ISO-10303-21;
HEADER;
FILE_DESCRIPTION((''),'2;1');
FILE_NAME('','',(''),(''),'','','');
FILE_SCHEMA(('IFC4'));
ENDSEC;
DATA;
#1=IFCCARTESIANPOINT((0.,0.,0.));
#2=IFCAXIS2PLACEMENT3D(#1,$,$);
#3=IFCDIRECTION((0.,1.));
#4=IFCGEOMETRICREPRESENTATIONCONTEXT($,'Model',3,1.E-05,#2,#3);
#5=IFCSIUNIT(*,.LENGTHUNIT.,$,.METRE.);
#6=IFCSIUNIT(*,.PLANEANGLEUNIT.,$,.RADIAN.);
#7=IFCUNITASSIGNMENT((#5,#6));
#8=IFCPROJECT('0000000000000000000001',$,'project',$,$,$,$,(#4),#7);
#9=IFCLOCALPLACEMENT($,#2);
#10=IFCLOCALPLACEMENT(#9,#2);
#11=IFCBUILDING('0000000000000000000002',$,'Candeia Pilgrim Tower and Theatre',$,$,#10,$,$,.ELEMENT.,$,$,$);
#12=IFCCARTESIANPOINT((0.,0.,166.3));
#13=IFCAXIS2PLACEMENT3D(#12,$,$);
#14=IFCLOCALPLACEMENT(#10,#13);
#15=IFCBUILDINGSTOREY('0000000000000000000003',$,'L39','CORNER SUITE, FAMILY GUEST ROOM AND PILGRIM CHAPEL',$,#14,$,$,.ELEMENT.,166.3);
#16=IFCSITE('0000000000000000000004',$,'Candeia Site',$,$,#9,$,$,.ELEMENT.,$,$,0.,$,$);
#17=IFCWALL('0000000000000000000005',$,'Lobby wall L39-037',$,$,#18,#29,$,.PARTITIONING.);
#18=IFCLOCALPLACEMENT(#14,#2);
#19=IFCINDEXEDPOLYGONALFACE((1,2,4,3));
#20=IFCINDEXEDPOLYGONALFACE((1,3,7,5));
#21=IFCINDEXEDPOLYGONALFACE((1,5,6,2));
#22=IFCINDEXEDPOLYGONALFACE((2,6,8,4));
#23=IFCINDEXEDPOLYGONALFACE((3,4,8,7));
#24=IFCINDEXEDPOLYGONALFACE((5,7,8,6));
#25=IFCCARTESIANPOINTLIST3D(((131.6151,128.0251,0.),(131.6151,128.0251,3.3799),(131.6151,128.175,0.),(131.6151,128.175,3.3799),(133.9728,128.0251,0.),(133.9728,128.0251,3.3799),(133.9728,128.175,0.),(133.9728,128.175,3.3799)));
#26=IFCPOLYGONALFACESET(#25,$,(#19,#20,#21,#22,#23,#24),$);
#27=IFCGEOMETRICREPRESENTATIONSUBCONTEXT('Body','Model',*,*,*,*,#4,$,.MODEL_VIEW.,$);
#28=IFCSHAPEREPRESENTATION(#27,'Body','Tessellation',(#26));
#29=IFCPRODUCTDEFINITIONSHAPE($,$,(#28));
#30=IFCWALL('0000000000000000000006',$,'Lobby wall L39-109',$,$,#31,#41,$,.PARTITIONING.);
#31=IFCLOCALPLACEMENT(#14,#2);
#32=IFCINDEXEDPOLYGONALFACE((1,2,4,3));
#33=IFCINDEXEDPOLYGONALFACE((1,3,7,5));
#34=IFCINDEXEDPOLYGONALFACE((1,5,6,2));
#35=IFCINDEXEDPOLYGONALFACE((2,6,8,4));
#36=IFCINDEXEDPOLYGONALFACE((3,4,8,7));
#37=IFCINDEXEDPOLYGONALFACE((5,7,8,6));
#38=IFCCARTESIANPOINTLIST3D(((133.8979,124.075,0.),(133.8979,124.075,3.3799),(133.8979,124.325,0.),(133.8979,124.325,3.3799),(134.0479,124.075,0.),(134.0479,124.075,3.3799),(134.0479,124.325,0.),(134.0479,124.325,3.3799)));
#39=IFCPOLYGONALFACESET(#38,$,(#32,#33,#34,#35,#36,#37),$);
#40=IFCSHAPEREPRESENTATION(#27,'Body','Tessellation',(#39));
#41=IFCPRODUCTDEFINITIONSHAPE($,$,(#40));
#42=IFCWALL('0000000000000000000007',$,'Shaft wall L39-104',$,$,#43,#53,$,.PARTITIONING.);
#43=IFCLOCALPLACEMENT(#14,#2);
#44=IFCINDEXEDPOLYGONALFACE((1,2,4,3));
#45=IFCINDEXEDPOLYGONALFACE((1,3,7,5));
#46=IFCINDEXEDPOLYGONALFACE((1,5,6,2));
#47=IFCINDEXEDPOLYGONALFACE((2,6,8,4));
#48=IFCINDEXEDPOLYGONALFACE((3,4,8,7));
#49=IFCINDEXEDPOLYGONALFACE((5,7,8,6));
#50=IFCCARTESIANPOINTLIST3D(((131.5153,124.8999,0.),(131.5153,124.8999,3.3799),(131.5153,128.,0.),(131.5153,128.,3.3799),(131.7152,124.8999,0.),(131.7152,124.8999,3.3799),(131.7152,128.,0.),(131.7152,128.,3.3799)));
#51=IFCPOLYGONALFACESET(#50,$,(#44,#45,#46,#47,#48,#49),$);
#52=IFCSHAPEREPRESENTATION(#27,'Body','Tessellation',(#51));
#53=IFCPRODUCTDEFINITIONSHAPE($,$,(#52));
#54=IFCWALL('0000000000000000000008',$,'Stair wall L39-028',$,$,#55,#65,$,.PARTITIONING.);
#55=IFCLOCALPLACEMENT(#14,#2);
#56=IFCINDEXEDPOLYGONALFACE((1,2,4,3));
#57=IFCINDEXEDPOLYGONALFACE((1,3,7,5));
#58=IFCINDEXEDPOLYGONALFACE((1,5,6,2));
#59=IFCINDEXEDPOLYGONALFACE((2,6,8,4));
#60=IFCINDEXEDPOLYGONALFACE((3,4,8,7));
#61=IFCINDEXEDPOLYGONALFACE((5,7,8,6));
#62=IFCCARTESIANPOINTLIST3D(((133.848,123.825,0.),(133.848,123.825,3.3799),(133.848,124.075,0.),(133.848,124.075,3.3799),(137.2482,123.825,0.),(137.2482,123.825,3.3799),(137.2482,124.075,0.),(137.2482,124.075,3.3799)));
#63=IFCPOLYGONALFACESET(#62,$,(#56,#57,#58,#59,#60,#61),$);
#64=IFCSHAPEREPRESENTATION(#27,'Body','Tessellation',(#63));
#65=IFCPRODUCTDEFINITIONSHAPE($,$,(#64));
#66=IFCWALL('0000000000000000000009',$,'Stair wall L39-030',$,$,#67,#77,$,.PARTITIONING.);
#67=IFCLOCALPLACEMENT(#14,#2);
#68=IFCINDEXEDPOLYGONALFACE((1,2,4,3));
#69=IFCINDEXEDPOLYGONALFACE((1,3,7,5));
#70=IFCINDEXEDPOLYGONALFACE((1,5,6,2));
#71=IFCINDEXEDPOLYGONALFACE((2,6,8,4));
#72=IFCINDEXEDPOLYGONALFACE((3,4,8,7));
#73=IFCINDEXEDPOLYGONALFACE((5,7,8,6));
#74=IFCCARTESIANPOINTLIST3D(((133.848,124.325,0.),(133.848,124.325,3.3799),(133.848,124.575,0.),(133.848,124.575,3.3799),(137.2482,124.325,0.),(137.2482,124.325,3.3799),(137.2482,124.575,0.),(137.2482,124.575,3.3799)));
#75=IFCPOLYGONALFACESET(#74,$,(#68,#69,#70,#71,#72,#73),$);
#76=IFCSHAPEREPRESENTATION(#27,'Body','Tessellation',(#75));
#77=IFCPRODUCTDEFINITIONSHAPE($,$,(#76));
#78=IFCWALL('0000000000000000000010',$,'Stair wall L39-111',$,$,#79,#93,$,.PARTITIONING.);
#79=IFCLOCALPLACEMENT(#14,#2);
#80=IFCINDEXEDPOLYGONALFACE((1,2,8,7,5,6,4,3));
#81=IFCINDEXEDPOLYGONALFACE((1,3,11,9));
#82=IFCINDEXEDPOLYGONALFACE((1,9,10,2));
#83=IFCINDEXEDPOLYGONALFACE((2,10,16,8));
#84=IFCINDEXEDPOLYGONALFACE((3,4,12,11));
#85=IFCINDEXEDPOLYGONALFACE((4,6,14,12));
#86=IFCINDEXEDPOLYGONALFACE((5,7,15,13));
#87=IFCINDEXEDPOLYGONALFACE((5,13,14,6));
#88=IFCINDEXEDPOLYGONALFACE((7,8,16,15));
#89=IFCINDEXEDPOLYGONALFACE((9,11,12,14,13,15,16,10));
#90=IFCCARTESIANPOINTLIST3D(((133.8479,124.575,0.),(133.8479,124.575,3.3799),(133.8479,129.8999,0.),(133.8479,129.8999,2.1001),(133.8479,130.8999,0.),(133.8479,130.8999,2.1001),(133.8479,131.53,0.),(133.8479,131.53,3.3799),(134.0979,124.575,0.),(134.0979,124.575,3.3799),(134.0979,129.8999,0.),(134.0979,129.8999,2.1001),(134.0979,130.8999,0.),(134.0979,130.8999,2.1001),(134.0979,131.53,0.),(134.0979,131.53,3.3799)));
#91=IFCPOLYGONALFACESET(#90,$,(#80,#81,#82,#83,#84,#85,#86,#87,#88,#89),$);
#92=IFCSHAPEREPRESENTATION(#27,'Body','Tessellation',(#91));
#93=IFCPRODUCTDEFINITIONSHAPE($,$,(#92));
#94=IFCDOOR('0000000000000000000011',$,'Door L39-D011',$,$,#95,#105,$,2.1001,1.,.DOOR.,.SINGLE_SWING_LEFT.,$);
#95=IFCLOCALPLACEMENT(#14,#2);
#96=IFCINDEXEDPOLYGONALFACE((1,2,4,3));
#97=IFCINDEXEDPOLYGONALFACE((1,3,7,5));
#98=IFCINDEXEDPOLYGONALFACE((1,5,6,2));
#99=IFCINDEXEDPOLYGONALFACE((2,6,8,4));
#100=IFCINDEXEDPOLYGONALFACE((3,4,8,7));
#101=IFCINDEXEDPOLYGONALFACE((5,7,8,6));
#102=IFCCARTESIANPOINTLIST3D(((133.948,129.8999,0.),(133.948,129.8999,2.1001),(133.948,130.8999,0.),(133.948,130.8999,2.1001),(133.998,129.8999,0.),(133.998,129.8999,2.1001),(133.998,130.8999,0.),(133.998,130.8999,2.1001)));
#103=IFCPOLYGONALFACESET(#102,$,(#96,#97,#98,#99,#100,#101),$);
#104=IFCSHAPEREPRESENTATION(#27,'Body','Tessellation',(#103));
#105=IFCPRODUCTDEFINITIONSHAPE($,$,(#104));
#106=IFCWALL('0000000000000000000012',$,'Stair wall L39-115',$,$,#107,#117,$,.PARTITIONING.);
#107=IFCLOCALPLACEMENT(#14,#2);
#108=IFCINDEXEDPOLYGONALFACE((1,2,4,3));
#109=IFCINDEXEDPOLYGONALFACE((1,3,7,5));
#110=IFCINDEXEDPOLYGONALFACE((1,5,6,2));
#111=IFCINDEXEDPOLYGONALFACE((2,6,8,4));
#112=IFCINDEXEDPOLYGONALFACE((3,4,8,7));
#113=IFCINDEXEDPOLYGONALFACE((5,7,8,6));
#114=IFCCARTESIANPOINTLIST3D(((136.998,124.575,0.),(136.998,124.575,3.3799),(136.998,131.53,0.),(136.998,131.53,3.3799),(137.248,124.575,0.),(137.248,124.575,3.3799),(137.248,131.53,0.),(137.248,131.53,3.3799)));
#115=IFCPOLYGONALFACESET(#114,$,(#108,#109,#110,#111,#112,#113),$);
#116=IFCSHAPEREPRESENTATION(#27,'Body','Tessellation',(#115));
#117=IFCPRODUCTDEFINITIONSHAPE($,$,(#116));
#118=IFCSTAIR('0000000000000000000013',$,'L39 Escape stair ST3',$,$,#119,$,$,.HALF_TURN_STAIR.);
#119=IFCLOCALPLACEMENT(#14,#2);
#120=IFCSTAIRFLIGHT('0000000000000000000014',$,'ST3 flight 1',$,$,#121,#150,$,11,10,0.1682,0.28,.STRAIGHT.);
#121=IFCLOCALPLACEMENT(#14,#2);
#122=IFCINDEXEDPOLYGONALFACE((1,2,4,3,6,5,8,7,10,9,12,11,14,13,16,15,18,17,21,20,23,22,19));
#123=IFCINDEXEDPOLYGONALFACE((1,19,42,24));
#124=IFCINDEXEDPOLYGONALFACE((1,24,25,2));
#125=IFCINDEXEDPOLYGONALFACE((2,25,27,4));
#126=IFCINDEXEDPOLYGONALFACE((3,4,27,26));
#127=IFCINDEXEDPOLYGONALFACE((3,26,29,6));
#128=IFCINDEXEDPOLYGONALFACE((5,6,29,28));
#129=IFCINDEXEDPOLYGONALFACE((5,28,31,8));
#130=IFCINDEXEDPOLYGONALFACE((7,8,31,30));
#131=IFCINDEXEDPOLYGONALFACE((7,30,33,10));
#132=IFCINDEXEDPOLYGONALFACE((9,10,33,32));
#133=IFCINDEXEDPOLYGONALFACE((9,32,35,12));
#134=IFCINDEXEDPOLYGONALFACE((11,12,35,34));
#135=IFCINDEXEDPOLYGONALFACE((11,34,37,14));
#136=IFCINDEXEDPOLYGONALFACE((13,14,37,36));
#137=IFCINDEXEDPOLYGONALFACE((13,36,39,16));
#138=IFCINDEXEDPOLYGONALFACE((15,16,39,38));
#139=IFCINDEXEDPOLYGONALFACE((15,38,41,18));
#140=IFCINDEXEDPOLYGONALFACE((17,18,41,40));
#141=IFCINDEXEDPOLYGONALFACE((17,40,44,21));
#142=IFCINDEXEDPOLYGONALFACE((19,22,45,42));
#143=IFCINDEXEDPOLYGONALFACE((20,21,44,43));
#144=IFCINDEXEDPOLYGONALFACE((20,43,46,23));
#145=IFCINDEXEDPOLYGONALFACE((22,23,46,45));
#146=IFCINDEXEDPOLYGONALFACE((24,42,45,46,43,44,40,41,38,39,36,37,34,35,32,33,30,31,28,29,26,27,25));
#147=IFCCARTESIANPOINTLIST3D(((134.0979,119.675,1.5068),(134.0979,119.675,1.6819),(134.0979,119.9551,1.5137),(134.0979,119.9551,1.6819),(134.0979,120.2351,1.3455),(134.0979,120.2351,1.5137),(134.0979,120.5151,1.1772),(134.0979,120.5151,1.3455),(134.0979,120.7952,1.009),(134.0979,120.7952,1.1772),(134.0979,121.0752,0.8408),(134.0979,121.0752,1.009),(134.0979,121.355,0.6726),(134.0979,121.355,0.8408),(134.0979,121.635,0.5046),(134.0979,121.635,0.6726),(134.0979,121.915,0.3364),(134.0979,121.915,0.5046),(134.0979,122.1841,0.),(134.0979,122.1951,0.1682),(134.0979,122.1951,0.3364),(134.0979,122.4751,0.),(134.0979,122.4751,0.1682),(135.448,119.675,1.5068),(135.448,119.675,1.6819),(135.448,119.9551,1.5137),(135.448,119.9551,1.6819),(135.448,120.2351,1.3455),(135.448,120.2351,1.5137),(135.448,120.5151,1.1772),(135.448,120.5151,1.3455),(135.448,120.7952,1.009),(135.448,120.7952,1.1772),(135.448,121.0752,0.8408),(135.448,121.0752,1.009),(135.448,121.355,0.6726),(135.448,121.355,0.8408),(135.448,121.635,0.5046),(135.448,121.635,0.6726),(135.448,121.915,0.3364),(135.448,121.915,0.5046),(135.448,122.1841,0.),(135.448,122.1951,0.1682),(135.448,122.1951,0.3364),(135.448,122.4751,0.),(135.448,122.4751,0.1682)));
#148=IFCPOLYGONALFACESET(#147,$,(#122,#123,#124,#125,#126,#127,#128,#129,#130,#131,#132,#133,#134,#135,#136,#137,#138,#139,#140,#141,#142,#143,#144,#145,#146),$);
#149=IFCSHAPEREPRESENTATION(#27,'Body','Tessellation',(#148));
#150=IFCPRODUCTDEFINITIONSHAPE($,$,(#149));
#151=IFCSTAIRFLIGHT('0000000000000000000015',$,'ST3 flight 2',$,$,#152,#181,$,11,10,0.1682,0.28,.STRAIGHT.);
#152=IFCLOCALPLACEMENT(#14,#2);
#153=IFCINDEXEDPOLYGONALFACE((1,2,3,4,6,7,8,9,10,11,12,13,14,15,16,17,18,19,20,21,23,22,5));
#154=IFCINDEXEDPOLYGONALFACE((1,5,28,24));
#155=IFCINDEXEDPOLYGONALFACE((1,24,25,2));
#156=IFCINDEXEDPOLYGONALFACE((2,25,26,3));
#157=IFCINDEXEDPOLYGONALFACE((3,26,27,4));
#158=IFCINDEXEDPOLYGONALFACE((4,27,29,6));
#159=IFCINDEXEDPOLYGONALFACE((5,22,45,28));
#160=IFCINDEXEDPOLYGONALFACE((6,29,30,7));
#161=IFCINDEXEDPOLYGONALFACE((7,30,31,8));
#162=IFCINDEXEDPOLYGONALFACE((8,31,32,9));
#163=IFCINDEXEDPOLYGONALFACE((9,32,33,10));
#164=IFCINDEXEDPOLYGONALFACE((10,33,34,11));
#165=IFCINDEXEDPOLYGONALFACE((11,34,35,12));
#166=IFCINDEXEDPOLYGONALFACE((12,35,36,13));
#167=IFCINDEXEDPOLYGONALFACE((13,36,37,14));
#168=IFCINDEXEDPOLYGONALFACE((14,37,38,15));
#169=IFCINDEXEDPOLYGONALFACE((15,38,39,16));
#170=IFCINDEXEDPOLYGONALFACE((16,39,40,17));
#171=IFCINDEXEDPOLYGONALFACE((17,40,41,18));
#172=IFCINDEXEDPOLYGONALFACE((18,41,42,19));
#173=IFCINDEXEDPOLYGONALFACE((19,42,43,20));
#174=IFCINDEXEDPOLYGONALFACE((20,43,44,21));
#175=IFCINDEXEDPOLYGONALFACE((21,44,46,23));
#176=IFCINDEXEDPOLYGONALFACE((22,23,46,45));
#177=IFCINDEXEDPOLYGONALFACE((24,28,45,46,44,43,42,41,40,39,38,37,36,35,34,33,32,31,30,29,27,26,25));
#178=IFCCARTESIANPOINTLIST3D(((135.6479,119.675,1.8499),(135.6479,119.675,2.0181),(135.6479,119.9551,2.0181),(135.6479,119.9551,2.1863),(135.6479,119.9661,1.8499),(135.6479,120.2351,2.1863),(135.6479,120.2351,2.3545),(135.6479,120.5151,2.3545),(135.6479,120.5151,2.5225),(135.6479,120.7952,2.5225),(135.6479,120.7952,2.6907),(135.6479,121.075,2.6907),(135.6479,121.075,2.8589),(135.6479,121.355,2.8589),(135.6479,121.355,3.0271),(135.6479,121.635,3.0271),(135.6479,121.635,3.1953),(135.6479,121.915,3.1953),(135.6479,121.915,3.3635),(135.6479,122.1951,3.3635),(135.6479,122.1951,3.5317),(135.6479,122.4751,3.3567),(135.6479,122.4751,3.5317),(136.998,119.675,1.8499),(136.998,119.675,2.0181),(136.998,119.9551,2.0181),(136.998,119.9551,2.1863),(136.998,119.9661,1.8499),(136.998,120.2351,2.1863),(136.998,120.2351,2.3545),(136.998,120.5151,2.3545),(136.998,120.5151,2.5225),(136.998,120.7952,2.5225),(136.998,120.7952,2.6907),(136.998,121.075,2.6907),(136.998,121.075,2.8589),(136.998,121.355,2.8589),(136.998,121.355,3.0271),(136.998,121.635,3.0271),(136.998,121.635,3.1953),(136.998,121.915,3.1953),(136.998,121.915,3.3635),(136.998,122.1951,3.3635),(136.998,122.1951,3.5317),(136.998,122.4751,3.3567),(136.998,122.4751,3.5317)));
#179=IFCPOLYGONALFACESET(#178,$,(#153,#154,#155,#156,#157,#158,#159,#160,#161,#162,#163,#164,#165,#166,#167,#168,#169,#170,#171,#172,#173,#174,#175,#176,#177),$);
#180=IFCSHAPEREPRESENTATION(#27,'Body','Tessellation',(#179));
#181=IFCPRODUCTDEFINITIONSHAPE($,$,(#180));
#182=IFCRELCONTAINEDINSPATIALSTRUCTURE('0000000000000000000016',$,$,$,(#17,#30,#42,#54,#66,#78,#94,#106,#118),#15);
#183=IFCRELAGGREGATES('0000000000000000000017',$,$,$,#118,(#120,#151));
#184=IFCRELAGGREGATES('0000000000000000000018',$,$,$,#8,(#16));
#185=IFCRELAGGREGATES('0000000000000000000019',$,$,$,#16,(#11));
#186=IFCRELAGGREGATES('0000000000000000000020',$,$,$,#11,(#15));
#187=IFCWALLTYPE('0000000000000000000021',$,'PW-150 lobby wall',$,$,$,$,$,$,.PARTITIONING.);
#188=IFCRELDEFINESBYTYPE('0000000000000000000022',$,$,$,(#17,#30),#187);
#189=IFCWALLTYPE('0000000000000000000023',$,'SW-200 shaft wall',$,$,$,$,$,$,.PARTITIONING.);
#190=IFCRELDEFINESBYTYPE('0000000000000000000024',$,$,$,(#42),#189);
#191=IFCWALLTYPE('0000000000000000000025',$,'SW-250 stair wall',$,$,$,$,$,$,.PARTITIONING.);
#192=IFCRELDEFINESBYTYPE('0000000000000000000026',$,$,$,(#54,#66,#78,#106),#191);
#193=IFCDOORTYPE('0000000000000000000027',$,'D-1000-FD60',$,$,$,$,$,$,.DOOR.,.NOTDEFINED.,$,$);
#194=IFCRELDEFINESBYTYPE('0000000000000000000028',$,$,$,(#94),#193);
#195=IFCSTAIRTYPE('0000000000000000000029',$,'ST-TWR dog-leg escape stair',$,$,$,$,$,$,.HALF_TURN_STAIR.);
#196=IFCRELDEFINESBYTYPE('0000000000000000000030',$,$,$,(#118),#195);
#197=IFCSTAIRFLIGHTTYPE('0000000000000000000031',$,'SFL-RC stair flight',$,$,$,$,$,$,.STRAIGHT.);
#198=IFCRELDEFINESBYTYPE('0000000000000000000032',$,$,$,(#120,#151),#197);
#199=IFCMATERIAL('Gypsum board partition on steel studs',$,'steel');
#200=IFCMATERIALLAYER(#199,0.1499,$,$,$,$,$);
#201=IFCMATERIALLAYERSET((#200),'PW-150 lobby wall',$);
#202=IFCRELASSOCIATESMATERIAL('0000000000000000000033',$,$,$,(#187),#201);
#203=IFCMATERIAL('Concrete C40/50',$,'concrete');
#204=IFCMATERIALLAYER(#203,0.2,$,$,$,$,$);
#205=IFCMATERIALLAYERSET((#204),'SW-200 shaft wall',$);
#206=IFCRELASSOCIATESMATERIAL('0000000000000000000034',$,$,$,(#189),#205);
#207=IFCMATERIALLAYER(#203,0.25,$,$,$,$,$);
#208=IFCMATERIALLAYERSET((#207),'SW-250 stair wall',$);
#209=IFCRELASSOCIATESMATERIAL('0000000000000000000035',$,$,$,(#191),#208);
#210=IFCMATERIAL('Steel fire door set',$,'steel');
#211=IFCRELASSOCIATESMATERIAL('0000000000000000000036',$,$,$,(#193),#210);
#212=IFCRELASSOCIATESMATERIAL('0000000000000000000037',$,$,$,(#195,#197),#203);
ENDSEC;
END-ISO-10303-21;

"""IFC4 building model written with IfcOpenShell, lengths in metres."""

from ifc_helpers import new_model, si_unit, direction, frame, frame_2d, origin, place, context, subcontext, project, spatial, polyline, rectangle, outline, extrude, material, layer, layer_set, type_object, element, fill, aggregate, save


model = new_model("IFC4")

# Units and contexts
model_context = context("Model", 3, precision=1e-05, world=origin(), true_north=direction((0.0, 1.0)))
body_context = subcontext(model_context, "Body", "Model", "MODEL_VIEW")
ifc_project = project(units=[si_unit("LENGTHUNIT", "METRE"), si_unit("PLANEANGLEUNIT", "RADIAN")], contexts=[model_context])

# Site, building, storey
site_placement = place(None, origin())
site = spatial("IfcSite", under=ifc_project, at=site_placement, Name="Candeia Site", CompositionType="ELEMENT", RefElevation=0.0)
building_placement = place(site_placement, origin())
building = spatial("IfcBuilding", under=site, at=building_placement, Name="Candeia Pilgrim Tower and Theatre", CompositionType="ELEMENT")
storey_placement = place(building_placement, frame((0.0, 0.0, 166.3)))
storey = spatial("IfcBuildingStorey", under=building, at=storey_placement, Name="L39", Description="CORNER SUITE, FAMILY GUEST ROOM AND PILGRIM CHAPEL", CompositionType="ELEMENT", Elevation=166.3)

# Walls
ifc_material_1 = material(Name="Gypsum board partition on steel studs", Category="steel")
ifc_layer_1 = layer(ifc_material_1, 0.1499)
ifc_layer_set_1 = layer_set([ifc_layer_1], Name="PW-150 lobby wall")
wall_type_1 = type_object("IfcWallType", Name="PW-150 lobby wall", PredefinedType="PARTITIONING", material=ifc_layer_set_1)
wall_1_placement = place(storey_placement, frame((131.6152, 128.1001, 0.0), z_axis=(0.0, 0.0, 1.0), x_axis=(1.0, 0.0, 0.0)))
element("IfcWall", 1, at=wall_1_placement, inside=storey, type_object=wall_type_1, Name="Lobby wall L39-037", PredefinedType="PARTITIONING", context=body_context, shape_type="SweptSolid", body=[
    extrude(rectangle(XDim=2.3577, YDim=0.1499, at=frame_2d((1.1787, 0.0))), origin(), (0.0, 0.0, 1.0), 3.3799),
])
wall_2_placement = place(storey_placement, frame((133.9729, 124.075, 0.0), z_axis=(0.0, 0.0, 1.0), x_axis=(0.0, 1.0, 0.0)))
element("IfcWall", 2, at=wall_2_placement, inside=storey, type_object=wall_type_1, Name="Lobby wall L39-109", PredefinedType="PARTITIONING", context=body_context, shape_type="SweptSolid", body=[
    extrude(rectangle(XDim=0.25, YDim=0.1499, at=frame_2d((0.125, 0.0))), origin(), (0.0, 0.0, 1.0), 3.3799),
])
ifc_material_2 = material(Name="Concrete C40/50", Category="concrete")
ifc_layer_2 = layer(ifc_material_2, 0.2)
ifc_layer_set_2 = layer_set([ifc_layer_2], Name="SW-200 shaft wall")
wall_type_2 = type_object("IfcWallType", Name="SW-200 shaft wall", PredefinedType="PARTITIONING", material=ifc_layer_set_2)
wall_3_placement = place(storey_placement, frame((131.6152, 124.8999, 0.0), z_axis=(0.0, 0.0, 1.0), x_axis=(0.0, 1.0, 0.0)))
element("IfcWall", 3, at=wall_3_placement, inside=storey, type_object=wall_type_2, Name="Shaft wall L39-104", PredefinedType="PARTITIONING", context=body_context, shape_type="SweptSolid", body=[
    extrude(rectangle(XDim=3.1001, YDim=0.2, at=frame_2d((1.55, 0.0))), origin(), (0.0, 0.0, 1.0), 3.3799),
])
ifc_layer_3 = layer(ifc_material_2, 0.25)
ifc_layer_set_3 = layer_set([ifc_layer_3], Name="SW-250 stair wall")
wall_type_3 = type_object("IfcWallType", Name="SW-250 stair wall", PredefinedType="PARTITIONING", material=ifc_layer_set_3)
for number, where, z_axis, x_axis, name in (
    (4, (133.8479, 123.95, 0.0), (0.0, 0.0, 1.0), (1.0, 0.0, 0.0), "Stair wall L39-028"),
    (5, (133.8479, 124.45, 0.0), (0.0, 0.0, 1.0), (1.0, 0.0, 0.0), "Stair wall L39-030"),
):
    element("IfcWall", number, at=place(storey_placement, frame(where, z_axis=z_axis, x_axis=x_axis)), inside=storey, type_object=wall_type_3, Name=name, PredefinedType="PARTITIONING", context=body_context, shape_type="SweptSolid", body=[
        extrude(rectangle(XDim=3.4001, YDim=0.25, at=frame_2d((1.7002, 0.0))), origin(), (0.0, 0.0, 1.0), 3.3799),
    ])

# Wall, opening, door
wall_4_placement = place(storey_placement, frame((133.9729, 124.575, 0.0), z_axis=(0.0, 0.0, 1.0), x_axis=(0.0, 1.0, 0.0)))
wall_4 = element("IfcWall", 6, at=wall_4_placement, inside=storey, type_object=wall_type_3, Name="Stair wall L39-111", PredefinedType="PARTITIONING", context=body_context, shape_type="SweptSolid", body=[
    extrude(rectangle(XDim=6.9551, YDim=0.25, at=frame_2d((3.4775, 0.0))), origin(), (0.0, 0.0, 1.0), 3.3799),
])
opening_placement = place(wall_4_placement, frame((5.325, 0.0, 0.0)))
opening = element("IfcOpeningElement", 7, at=opening_placement, cuts=wall_4, PredefinedType="OPENING", context=body_context, shape_type="SweptSolid", body=[
    extrude(rectangle(XDim=1.0, YDim=2.1001, at=frame_2d((0.5, 1.05))), frame((0.0, 0.135, 0.0), z_axis=(0.0, -1.0, 0.0), x_axis=(1.0, 0.0, 0.0)), (0.0, 0.0, 1.0), 0.27),
])
ifc_material_3 = material(Name="Steel fire door set", Category="steel")
door_type = type_object("IfcDoorType", Name="D-1000-FD60", OperationType="NOTDEFINED", PredefinedType="DOOR", material=ifc_material_3)
door_placement = place(opening_placement, origin())
door = element("IfcDoor", 8, at=door_placement, inside=storey, type_object=door_type, Name="Door L39-D011", OperationType="SINGLE_SWING_LEFT", OverallHeight=2.1001, OverallWidth=1.0, PredefinedType="DOOR", context=body_context, shape_type="SweptSolid", body=[
    extrude(rectangle(XDim=1.0, YDim=2.1001, at=frame_2d((0.5, 1.05))), frame((0.0, 0.0249, 0.0), z_axis=(0.0, -1.0, 0.0), x_axis=(1.0, 0.0, 0.0)), (0.0, 0.0, 1.0), 0.05),
])
fill(opening, door)

# Wall
wall_5_placement = place(storey_placement, frame((137.123, 124.575, 0.0), z_axis=(0.0, 0.0, 1.0), x_axis=(0.0, 1.0, 0.0)))
element("IfcWall", 9, at=wall_5_placement, inside=storey, type_object=wall_type_3, Name="Stair wall L39-115", PredefinedType="PARTITIONING", context=body_context, shape_type="SweptSolid", body=[
    extrude(rectangle(XDim=6.9551, YDim=0.25, at=frame_2d((3.4775, 0.0))), origin(), (0.0, 0.0, 1.0), 3.3799),
])

# Stair, stair flights
stair_type = type_object("IfcStairType", Name="ST-TWR dog-leg escape stair", PredefinedType="HALF_TURN_STAIR", material=ifc_material_2)
stair_1_placement = place(storey_placement, origin())
stair_1 = element("IfcStair", 10, at=stair_1_placement, inside=storey, type_object=stair_type, Name="L39 Escape stair ST3", PredefinedType="HALF_TURN_STAIR")
stair_flight_type = type_object("IfcStairFlightType", Name="SFL-RC stair flight", PredefinedType="STRAIGHT", material=ifc_material_2)
stair_flight_1_placement = place(storey_placement, frame((134.7729, 122.4751, 0.0), z_axis=(0.0, 0.0, 1.0), x_axis=(0.0, -1.0, 0.0)))
stair_flight_1 = element("IfcStairFlight", 11, at=stair_flight_1_placement, type_object=stair_flight_type, Name="ST3 flight 1", NumberOfRisers=11, NumberOfTreads=10, PredefinedType="STRAIGHT", RiserHeight=0.1682, TreadLength=0.28, context=body_context, shape_type="SweptSolid", body=[
    extrude(outline(polyline([(0.0, 0.0), (0.0, 0.1682), (0.28, 0.1682), (0.28, 0.3364), (0.5601, 0.3364), (0.5601, 0.5046), (0.8401, 0.5046), (0.8401, 0.6726), (1.1201, 0.6726), (1.1201, 0.8408), (1.3999, 0.8408), (1.3999, 1.009), (1.6799, 1.009), (1.6799, 1.1772), (1.96, 1.1772), (1.96, 1.3455), (2.24, 1.3455), (2.24, 1.5137), (2.52, 1.5137), (2.52, 1.6819), (2.8, 1.6819), (2.8, 1.8501), (2.8, 1.5068), (0.291, 0.0), (0.0, 0.0)])), frame((0.0, 0.675, 0.0), z_axis=(0.0, -1.0, 0.0), x_axis=(1.0, 0.0, 0.0)), (0.0, 0.0, 1.0), 1.3501),
])
stair_flight_2_placement = place(storey_placement, frame((136.323, 119.675, 1.8499), z_axis=(0.0, 0.0, 1.0), x_axis=(0.0, 1.0, 0.0)))
stair_flight_2 = element("IfcStairFlight", 12, at=stair_flight_2_placement, type_object=stair_flight_type, Name="ST3 flight 2", NumberOfRisers=11, NumberOfTreads=10, PredefinedType="STRAIGHT", RiserHeight=0.1682, TreadLength=0.28, context=body_context, shape_type="SweptSolid", body=[
    extrude(outline(polyline([(0.0, 0.0), (0.0, 0.1682), (0.28, 0.1682), (0.28, 0.3364), (0.5601, 0.3364), (0.5601, 0.5046), (0.8401, 0.5046), (0.8401, 0.6726), (1.1201, 0.6726), (1.1201, 0.8408), (1.3999, 0.8408), (1.3999, 1.009), (1.6799, 1.009), (1.6799, 1.1772), (1.96, 1.1772), (1.96, 1.3455), (2.24, 1.3455), (2.24, 1.5137), (2.52, 1.5137), (2.52, 1.6819), (2.8, 1.6819), (2.8, 1.8501), (2.8, 1.5068), (0.291, 0.0), (0.0, 0.0)])), frame((0.0, 0.675, 0.0), z_axis=(0.0, -1.0, 0.0), x_axis=(1.0, 0.0, 0.0)), (0.0, 0.0, 1.0), 1.3501),
])
aggregate(stair_1, [stair_flight_1, stair_flight_2])

save(model, "model.ifc")
